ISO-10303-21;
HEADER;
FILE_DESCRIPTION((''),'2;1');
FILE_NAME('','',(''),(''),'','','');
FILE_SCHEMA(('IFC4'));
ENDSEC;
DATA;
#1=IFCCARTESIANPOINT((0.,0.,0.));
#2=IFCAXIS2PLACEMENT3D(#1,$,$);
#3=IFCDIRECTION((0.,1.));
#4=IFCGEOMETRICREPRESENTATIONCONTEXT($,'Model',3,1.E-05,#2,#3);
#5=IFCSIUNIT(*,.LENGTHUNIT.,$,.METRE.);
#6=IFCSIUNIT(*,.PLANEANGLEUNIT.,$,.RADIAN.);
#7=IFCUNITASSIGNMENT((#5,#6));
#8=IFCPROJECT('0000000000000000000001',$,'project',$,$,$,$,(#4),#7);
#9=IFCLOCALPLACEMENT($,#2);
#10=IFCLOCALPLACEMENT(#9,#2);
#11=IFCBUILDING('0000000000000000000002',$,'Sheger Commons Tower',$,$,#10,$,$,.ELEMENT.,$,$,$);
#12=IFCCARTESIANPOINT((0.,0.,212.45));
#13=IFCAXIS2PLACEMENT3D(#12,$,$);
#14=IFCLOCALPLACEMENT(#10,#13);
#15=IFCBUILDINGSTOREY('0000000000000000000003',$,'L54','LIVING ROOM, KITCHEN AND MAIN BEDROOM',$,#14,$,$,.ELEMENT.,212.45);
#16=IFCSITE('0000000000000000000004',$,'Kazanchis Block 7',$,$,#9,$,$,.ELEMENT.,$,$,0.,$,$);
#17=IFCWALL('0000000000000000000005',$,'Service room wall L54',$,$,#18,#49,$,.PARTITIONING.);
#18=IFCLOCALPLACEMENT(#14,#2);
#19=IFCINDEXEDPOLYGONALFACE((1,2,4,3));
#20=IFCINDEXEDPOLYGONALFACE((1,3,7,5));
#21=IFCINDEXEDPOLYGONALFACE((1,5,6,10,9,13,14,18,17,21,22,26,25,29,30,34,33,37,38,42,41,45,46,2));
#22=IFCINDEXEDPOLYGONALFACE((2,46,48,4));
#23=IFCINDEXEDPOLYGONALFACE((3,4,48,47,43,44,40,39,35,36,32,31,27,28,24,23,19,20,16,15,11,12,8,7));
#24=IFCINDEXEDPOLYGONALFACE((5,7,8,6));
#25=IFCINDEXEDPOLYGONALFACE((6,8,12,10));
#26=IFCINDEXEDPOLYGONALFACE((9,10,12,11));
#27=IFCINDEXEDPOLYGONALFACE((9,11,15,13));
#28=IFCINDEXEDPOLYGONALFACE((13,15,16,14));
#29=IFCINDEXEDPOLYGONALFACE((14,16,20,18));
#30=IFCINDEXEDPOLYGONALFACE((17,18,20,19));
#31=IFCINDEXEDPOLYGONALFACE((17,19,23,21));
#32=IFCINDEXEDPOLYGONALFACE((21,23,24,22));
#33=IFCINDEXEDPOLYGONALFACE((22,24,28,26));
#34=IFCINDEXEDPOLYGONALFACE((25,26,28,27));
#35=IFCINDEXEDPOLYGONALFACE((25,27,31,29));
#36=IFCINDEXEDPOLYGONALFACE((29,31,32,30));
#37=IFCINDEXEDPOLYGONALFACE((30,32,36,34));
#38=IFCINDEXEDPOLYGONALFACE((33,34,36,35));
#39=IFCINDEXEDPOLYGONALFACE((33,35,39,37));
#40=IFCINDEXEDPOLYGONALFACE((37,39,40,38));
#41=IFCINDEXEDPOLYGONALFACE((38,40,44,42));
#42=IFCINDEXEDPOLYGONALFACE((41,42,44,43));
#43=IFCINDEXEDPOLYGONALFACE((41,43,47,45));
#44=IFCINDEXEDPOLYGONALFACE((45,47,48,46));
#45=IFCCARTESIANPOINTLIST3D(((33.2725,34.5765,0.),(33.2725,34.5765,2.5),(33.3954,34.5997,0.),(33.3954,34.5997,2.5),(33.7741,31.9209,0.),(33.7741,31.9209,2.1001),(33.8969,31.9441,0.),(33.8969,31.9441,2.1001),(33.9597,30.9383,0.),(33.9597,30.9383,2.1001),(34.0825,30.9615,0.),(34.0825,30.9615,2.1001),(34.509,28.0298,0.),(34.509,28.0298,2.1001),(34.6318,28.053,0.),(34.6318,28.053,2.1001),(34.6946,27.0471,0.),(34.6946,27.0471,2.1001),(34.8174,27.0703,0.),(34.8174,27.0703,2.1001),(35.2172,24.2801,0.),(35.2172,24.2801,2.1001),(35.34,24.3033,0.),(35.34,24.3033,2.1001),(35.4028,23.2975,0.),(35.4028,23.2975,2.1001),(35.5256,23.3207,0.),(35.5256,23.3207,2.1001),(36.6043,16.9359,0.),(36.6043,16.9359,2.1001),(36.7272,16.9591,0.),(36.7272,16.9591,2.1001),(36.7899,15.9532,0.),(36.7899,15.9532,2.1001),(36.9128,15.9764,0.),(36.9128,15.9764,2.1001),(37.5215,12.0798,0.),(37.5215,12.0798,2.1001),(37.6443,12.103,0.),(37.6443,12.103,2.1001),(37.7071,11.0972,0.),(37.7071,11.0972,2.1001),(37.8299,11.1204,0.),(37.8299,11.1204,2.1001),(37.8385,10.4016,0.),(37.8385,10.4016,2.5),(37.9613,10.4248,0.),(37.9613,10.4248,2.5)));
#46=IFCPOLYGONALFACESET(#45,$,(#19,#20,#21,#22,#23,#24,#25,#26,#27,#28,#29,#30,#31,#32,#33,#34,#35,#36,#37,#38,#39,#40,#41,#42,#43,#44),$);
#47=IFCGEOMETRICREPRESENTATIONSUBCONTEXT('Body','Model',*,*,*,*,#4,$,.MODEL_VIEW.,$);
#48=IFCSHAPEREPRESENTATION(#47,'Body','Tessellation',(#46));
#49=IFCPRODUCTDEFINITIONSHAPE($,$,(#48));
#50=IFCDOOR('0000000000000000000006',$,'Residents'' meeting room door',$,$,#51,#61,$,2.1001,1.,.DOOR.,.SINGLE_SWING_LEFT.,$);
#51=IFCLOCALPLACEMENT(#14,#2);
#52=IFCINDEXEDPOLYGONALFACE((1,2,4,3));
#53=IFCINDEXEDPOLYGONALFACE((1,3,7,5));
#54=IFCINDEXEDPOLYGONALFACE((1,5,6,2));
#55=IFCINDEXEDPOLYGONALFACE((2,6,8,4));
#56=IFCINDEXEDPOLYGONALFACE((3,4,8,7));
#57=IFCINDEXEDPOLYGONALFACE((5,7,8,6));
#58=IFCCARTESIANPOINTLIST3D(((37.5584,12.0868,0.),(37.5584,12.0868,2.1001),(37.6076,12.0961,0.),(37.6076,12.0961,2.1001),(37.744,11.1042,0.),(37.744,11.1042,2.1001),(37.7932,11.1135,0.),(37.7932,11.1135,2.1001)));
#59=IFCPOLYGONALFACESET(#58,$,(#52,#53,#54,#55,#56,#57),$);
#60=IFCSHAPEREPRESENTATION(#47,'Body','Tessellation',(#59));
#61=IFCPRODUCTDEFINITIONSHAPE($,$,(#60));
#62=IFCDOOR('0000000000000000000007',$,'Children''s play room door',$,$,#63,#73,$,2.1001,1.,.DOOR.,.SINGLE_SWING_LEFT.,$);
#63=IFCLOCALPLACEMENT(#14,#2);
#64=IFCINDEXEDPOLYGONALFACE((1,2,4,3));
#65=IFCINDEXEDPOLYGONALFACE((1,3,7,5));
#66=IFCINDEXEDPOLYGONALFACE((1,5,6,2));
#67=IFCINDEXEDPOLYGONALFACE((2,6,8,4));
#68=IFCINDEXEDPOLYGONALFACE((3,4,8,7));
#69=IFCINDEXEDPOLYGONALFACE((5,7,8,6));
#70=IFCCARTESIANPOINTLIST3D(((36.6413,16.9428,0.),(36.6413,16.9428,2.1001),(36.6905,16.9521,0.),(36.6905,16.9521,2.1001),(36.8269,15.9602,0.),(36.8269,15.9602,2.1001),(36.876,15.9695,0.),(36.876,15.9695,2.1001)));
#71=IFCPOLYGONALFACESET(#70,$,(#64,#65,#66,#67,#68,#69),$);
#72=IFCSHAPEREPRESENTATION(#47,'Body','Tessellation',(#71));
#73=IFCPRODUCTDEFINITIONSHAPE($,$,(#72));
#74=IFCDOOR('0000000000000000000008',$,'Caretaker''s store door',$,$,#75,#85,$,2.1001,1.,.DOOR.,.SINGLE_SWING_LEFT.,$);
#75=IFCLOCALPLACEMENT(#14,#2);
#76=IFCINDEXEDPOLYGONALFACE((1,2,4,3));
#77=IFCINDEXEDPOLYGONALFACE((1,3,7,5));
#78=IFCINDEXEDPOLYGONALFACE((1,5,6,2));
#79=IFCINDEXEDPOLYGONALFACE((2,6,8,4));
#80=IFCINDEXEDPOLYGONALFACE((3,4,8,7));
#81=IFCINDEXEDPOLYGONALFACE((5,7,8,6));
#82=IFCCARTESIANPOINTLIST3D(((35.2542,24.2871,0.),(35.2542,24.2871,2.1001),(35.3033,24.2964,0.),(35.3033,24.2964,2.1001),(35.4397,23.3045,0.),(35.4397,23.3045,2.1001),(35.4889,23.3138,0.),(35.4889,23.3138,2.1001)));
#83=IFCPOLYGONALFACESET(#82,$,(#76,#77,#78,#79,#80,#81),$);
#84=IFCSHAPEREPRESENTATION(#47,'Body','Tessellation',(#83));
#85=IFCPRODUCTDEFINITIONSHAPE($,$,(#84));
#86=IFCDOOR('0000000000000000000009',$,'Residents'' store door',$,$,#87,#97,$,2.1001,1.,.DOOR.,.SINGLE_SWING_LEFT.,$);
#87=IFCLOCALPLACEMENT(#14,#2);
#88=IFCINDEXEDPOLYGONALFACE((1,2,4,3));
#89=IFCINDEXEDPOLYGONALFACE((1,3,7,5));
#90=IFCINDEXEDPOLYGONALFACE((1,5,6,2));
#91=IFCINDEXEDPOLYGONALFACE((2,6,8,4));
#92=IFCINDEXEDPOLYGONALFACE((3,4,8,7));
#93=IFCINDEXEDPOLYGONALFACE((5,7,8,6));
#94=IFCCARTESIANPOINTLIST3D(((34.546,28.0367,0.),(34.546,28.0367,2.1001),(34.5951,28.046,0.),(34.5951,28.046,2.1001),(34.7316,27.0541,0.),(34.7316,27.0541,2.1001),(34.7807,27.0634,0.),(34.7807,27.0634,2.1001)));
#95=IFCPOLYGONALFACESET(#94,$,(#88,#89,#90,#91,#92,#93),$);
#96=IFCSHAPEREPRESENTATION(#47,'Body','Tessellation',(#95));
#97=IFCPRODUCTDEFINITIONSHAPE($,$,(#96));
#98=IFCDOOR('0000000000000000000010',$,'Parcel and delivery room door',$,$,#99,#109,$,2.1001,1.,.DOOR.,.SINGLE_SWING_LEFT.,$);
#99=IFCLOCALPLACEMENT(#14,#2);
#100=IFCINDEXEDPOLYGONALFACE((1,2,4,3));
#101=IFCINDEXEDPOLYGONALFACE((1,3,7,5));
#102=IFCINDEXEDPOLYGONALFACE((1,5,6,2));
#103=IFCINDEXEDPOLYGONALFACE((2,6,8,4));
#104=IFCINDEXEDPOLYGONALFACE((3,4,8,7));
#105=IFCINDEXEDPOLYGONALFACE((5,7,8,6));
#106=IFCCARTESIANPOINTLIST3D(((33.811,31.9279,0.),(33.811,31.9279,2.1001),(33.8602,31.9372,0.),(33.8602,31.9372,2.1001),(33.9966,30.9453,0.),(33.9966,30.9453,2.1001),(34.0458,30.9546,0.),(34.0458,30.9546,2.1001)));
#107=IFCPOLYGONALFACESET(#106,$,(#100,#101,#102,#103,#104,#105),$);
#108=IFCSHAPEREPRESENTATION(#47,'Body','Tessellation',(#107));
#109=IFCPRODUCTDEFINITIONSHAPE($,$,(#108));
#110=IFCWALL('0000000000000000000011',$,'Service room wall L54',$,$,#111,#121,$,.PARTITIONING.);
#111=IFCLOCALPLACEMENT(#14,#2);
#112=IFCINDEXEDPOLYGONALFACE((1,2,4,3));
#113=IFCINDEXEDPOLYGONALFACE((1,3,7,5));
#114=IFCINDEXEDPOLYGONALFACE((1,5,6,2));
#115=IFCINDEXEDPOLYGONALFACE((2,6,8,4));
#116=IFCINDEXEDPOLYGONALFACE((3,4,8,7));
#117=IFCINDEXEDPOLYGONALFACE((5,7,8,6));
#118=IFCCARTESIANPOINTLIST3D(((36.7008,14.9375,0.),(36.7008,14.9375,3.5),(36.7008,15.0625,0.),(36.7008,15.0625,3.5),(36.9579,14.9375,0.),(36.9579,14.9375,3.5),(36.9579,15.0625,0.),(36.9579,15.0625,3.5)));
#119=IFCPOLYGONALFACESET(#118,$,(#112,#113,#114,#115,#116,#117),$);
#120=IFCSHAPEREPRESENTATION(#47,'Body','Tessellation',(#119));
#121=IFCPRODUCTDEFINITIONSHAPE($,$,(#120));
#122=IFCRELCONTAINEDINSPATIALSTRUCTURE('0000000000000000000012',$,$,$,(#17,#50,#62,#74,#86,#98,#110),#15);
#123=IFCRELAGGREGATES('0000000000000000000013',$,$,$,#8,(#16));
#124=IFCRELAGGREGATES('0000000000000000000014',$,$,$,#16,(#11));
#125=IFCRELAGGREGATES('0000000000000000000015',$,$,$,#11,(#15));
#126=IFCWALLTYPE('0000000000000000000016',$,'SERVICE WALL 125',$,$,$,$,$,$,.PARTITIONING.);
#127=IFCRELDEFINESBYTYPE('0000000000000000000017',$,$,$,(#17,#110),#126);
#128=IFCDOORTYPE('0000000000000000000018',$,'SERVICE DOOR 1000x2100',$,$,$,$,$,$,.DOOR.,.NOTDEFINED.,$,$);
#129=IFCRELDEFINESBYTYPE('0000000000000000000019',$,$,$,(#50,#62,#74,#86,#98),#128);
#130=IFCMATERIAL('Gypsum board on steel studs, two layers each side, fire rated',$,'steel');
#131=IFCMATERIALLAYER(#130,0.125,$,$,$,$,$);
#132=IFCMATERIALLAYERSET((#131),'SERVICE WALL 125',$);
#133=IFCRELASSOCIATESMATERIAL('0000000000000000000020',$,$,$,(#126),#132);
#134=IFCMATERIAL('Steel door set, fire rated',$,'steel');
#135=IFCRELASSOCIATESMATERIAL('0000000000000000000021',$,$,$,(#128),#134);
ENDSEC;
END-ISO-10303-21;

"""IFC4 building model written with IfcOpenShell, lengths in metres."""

from ifc_helpers import new_model, si_unit, direction, frame, frame_2d, origin, place, context, subcontext, project, spatial, rectangle, extrude, material, layer, layer_set, type_object, element, fill, save


model = new_model("IFC4")

# Units and contexts
model_context = context("Model", 3, precision=1e-05, world=origin(), true_north=direction((0.0, 1.0)))
body_context = subcontext(model_context, "Body", "Model", "MODEL_VIEW")
ifc_project = project(units=[si_unit("LENGTHUNIT", "METRE"), si_unit("PLANEANGLEUNIT", "RADIAN")], contexts=[model_context])

# Site, building, storey
site_placement = place(None, origin())
site = spatial("IfcSite", under=ifc_project, at=site_placement, Name="Kazanchis Block 7", CompositionType="ELEMENT", RefElevation=0.0)
building_placement = place(site_placement, origin())
building = spatial("IfcBuilding", under=site, at=building_placement, Name="Sheger Commons Tower", CompositionType="ELEMENT")
storey_placement = place(building_placement, frame((0.0, 0.0, 212.45)))
storey = spatial("IfcBuildingStorey", under=building, at=storey_placement, Name="L54", Description="LIVING ROOM, KITCHEN AND MAIN BEDROOM", CompositionType="ELEMENT", Elevation=212.45)

# Wall, openings, doors
ifc_material_1 = material(Name="Gypsum board on steel studs, two layers each side, fire rated", Category="steel")
ifc_layer_1 = layer(ifc_material_1, 0.125)
ifc_layer_set_1 = layer_set([ifc_layer_1], Name="SERVICE WALL 125")
wall_type_1 = type_object("IfcWallType", Name="SERVICE WALL 125", PredefinedType="PARTITIONING", material=ifc_layer_set_1)
wall_1_placement = place(storey_placement, frame((37.8999, 10.4131, 0.0), z_axis=(0.0, 0.0, 1.0), x_axis=(-0.18559, 0.982627, 0.0)))
wall_1 = element("IfcWall", 1, at=wall_1_placement, inside=storey, type_object=wall_type_1, Name="Service room wall L54", PredefinedType="PARTITIONING", context=body_context, shape_type="SweptSolid", body=[
    extrude(rectangle(XDim=24.6023, YDim=0.125, at=frame_2d((12.3013, 0.0))), origin(), (0.0, 0.0, 1.0), 2.5),
])
opening_1_placement = place(wall_1_placement, frame((0.708, 0.0, 0.0)))
opening_1 = element("IfcOpeningElement", 2, at=opening_1_placement, cuts=wall_1, PredefinedType="OPENING", context=body_context, shape_type="SweptSolid", body=[
    extrude(rectangle(XDim=1.0, YDim=2.1001, at=frame_2d((0.5, 1.05))), frame((0.0, 0.0725, 0.0), z_axis=(0.0, -1.0, 0.0), x_axis=(1.0, 0.0, 0.0)), (0.0, 0.0, 1.0), 0.145),
])
opening_2_placement = place(wall_1_placement, frame((5.6499, 0.0, 0.0)))
opening_2 = element("IfcOpeningElement", 3, at=opening_2_placement, cuts=wall_1, PredefinedType="OPENING", context=body_context, shape_type="SweptSolid", body=[
    extrude(rectangle(XDim=1.0, YDim=2.1001, at=frame_2d((0.5, 1.05))), frame((0.0, 0.0725, 0.0), z_axis=(0.0, -1.0, 0.0), x_axis=(1.0, 0.0, 0.0)), (0.0, 0.0, 1.0), 0.145),
])
opening_3_placement = place(wall_1_placement, frame((13.124, 0.0, 0.0)))
opening_3 = element("IfcOpeningElement", 4, at=opening_3_placement, cuts=wall_1, PredefinedType="OPENING", context=body_context, shape_type="SweptSolid", body=[
    extrude(rectangle(XDim=1.0, YDim=2.1001, at=frame_2d((0.5, 1.05))), frame((0.0, 0.0725, 0.0), z_axis=(0.0, -1.0, 0.0), x_axis=(1.0, 0.0, 0.0)), (0.0, 0.0, 1.0), 0.145),
])
opening_4_placement = place(wall_1_placement, frame((16.9399, 0.0, 0.0)))
opening_4 = element("IfcOpeningElement", 5, at=opening_4_placement, cuts=wall_1, PredefinedType="OPENING", context=body_context, shape_type="SweptSolid", body=[
    extrude(rectangle(XDim=1.0, YDim=2.1001, at=frame_2d((0.5, 1.05))), frame((0.0, 0.0725, 0.0), z_axis=(0.0, -1.0, 0.0), x_axis=(1.0, 0.0, 0.0)), (0.0, 0.0, 1.0), 0.145),
])
opening_5_placement = place(wall_1_placement, frame((20.8999, 0.0, 0.0)))
opening_5 = element("IfcOpeningElement", 6, at=opening_5_placement, cuts=wall_1, PredefinedType="OPENING", context=body_context, shape_type="SweptSolid", body=[
    extrude(rectangle(XDim=1.0, YDim=2.1001, at=frame_2d((0.5, 1.05))), frame((0.0, 0.0725, 0.0), z_axis=(0.0, -1.0, 0.0), x_axis=(1.0, 0.0, 0.0)), (0.0, 0.0, 1.0), 0.145),
])
ifc_material_2 = material(Name="Steel door set, fire rated", Category="steel")
door_type_1 = type_object("IfcDoorType", Name="SERVICE DOOR 1000x2100", OperationType="NOTDEFINED", PredefinedType="DOOR", material=ifc_material_2)
door_1_placement = place(opening_1_placement, origin())
door_1 = element("IfcDoor", 7, at=door_1_placement, inside=storey, type_object=door_type_1, Name="Residents' meeting room door", OperationType="SINGLE_SWING_LEFT", OverallHeight=2.1001, OverallWidth=1.0, PredefinedType="DOOR", context=body_context, shape_type="SweptSolid", body=[
    extrude(rectangle(XDim=1.0, YDim=2.1001, at=frame_2d((0.5, 1.05))), frame((0.0, 0.0249, 0.0), z_axis=(0.0, -1.0, 0.0), x_axis=(1.0, 0.0, 0.0)), (0.0, 0.0, 1.0), 0.05),
])
fill(opening_1, door_1)
door_2_placement = place(opening_2_placement, origin())
door_2 = element("IfcDoor", 8, at=door_2_placement, inside=storey, type_object=door_type_1, Name="Children's play room door", OperationType="SINGLE_SWING_LEFT", OverallHeight=2.1001, OverallWidth=1.0, PredefinedType="DOOR", context=body_context, shape_type="SweptSolid", body=[
    extrude(rectangle(XDim=1.0, YDim=2.1001, at=frame_2d((0.5, 1.05))), frame((0.0, 0.0249, 0.0), z_axis=(0.0, -1.0, 0.0), x_axis=(1.0, 0.0, 0.0)), (0.0, 0.0, 1.0), 0.05),
])
fill(opening_2, door_2)
door_3_placement = place(opening_3_placement, origin())
door_3 = element("IfcDoor", 9, at=door_3_placement, inside=storey, type_object=door_type_1, Name="Caretaker's store door", OperationType="SINGLE_SWING_LEFT", OverallHeight=2.1001, OverallWidth=1.0, PredefinedType="DOOR", context=body_context, shape_type="SweptSolid", body=[
    extrude(rectangle(XDim=1.0, YDim=2.1001, at=frame_2d((0.5, 1.05))), frame((0.0, 0.0249, 0.0), z_axis=(0.0, -1.0, 0.0), x_axis=(1.0, 0.0, 0.0)), (0.0, 0.0, 1.0), 0.05),
])
fill(opening_3, door_3)
door_4_placement = place(opening_4_placement, origin())
door_4 = element("IfcDoor", 10, at=door_4_placement, inside=storey, type_object=door_type_1, Name="Residents' store door", OperationType="SINGLE_SWING_LEFT", OverallHeight=2.1001, OverallWidth=1.0, PredefinedType="DOOR", context=body_context, shape_type="SweptSolid", body=[
    extrude(rectangle(XDim=1.0, YDim=2.1001, at=frame_2d((0.5, 1.05))), frame((0.0, 0.0249, 0.0), z_axis=(0.0, -1.0, 0.0), x_axis=(1.0, 0.0, 0.0)), (0.0, 0.0, 1.0), 0.05),
])
fill(opening_4, door_4)
door_5_placement = place(opening_5_placement, origin())
door_5 = element("IfcDoor", 11, at=door_5_placement, inside=storey, type_object=door_type_1, Name="Parcel and delivery room door", OperationType="SINGLE_SWING_LEFT", OverallHeight=2.1001, OverallWidth=1.0, PredefinedType="DOOR", context=body_context, shape_type="SweptSolid", body=[
    extrude(rectangle(XDim=1.0, YDim=2.1001, at=frame_2d((0.5, 1.05))), frame((0.0, 0.0249, 0.0), z_axis=(0.0, -1.0, 0.0), x_axis=(1.0, 0.0, 0.0)), (0.0, 0.0, 1.0), 0.05),
])
fill(opening_5, door_5)

# Wall
wall_2_placement = place(storey_placement, frame((36.7009, 15.0, 0.0), z_axis=(0.0, 0.0, 1.0), x_axis=(1.0, 0.0, 0.0)))
element("IfcWall", 12, at=wall_2_placement, inside=storey, type_object=wall_type_1, Name="Service room wall L54", PredefinedType="PARTITIONING", context=body_context, shape_type="SweptSolid", body=[
    extrude(rectangle(XDim=0.2571, YDim=0.125, at=frame_2d((0.1284, 0.0))), origin(), (0.0, 0.0, 1.0), 3.5),
])

save(model, "model.ifc")
